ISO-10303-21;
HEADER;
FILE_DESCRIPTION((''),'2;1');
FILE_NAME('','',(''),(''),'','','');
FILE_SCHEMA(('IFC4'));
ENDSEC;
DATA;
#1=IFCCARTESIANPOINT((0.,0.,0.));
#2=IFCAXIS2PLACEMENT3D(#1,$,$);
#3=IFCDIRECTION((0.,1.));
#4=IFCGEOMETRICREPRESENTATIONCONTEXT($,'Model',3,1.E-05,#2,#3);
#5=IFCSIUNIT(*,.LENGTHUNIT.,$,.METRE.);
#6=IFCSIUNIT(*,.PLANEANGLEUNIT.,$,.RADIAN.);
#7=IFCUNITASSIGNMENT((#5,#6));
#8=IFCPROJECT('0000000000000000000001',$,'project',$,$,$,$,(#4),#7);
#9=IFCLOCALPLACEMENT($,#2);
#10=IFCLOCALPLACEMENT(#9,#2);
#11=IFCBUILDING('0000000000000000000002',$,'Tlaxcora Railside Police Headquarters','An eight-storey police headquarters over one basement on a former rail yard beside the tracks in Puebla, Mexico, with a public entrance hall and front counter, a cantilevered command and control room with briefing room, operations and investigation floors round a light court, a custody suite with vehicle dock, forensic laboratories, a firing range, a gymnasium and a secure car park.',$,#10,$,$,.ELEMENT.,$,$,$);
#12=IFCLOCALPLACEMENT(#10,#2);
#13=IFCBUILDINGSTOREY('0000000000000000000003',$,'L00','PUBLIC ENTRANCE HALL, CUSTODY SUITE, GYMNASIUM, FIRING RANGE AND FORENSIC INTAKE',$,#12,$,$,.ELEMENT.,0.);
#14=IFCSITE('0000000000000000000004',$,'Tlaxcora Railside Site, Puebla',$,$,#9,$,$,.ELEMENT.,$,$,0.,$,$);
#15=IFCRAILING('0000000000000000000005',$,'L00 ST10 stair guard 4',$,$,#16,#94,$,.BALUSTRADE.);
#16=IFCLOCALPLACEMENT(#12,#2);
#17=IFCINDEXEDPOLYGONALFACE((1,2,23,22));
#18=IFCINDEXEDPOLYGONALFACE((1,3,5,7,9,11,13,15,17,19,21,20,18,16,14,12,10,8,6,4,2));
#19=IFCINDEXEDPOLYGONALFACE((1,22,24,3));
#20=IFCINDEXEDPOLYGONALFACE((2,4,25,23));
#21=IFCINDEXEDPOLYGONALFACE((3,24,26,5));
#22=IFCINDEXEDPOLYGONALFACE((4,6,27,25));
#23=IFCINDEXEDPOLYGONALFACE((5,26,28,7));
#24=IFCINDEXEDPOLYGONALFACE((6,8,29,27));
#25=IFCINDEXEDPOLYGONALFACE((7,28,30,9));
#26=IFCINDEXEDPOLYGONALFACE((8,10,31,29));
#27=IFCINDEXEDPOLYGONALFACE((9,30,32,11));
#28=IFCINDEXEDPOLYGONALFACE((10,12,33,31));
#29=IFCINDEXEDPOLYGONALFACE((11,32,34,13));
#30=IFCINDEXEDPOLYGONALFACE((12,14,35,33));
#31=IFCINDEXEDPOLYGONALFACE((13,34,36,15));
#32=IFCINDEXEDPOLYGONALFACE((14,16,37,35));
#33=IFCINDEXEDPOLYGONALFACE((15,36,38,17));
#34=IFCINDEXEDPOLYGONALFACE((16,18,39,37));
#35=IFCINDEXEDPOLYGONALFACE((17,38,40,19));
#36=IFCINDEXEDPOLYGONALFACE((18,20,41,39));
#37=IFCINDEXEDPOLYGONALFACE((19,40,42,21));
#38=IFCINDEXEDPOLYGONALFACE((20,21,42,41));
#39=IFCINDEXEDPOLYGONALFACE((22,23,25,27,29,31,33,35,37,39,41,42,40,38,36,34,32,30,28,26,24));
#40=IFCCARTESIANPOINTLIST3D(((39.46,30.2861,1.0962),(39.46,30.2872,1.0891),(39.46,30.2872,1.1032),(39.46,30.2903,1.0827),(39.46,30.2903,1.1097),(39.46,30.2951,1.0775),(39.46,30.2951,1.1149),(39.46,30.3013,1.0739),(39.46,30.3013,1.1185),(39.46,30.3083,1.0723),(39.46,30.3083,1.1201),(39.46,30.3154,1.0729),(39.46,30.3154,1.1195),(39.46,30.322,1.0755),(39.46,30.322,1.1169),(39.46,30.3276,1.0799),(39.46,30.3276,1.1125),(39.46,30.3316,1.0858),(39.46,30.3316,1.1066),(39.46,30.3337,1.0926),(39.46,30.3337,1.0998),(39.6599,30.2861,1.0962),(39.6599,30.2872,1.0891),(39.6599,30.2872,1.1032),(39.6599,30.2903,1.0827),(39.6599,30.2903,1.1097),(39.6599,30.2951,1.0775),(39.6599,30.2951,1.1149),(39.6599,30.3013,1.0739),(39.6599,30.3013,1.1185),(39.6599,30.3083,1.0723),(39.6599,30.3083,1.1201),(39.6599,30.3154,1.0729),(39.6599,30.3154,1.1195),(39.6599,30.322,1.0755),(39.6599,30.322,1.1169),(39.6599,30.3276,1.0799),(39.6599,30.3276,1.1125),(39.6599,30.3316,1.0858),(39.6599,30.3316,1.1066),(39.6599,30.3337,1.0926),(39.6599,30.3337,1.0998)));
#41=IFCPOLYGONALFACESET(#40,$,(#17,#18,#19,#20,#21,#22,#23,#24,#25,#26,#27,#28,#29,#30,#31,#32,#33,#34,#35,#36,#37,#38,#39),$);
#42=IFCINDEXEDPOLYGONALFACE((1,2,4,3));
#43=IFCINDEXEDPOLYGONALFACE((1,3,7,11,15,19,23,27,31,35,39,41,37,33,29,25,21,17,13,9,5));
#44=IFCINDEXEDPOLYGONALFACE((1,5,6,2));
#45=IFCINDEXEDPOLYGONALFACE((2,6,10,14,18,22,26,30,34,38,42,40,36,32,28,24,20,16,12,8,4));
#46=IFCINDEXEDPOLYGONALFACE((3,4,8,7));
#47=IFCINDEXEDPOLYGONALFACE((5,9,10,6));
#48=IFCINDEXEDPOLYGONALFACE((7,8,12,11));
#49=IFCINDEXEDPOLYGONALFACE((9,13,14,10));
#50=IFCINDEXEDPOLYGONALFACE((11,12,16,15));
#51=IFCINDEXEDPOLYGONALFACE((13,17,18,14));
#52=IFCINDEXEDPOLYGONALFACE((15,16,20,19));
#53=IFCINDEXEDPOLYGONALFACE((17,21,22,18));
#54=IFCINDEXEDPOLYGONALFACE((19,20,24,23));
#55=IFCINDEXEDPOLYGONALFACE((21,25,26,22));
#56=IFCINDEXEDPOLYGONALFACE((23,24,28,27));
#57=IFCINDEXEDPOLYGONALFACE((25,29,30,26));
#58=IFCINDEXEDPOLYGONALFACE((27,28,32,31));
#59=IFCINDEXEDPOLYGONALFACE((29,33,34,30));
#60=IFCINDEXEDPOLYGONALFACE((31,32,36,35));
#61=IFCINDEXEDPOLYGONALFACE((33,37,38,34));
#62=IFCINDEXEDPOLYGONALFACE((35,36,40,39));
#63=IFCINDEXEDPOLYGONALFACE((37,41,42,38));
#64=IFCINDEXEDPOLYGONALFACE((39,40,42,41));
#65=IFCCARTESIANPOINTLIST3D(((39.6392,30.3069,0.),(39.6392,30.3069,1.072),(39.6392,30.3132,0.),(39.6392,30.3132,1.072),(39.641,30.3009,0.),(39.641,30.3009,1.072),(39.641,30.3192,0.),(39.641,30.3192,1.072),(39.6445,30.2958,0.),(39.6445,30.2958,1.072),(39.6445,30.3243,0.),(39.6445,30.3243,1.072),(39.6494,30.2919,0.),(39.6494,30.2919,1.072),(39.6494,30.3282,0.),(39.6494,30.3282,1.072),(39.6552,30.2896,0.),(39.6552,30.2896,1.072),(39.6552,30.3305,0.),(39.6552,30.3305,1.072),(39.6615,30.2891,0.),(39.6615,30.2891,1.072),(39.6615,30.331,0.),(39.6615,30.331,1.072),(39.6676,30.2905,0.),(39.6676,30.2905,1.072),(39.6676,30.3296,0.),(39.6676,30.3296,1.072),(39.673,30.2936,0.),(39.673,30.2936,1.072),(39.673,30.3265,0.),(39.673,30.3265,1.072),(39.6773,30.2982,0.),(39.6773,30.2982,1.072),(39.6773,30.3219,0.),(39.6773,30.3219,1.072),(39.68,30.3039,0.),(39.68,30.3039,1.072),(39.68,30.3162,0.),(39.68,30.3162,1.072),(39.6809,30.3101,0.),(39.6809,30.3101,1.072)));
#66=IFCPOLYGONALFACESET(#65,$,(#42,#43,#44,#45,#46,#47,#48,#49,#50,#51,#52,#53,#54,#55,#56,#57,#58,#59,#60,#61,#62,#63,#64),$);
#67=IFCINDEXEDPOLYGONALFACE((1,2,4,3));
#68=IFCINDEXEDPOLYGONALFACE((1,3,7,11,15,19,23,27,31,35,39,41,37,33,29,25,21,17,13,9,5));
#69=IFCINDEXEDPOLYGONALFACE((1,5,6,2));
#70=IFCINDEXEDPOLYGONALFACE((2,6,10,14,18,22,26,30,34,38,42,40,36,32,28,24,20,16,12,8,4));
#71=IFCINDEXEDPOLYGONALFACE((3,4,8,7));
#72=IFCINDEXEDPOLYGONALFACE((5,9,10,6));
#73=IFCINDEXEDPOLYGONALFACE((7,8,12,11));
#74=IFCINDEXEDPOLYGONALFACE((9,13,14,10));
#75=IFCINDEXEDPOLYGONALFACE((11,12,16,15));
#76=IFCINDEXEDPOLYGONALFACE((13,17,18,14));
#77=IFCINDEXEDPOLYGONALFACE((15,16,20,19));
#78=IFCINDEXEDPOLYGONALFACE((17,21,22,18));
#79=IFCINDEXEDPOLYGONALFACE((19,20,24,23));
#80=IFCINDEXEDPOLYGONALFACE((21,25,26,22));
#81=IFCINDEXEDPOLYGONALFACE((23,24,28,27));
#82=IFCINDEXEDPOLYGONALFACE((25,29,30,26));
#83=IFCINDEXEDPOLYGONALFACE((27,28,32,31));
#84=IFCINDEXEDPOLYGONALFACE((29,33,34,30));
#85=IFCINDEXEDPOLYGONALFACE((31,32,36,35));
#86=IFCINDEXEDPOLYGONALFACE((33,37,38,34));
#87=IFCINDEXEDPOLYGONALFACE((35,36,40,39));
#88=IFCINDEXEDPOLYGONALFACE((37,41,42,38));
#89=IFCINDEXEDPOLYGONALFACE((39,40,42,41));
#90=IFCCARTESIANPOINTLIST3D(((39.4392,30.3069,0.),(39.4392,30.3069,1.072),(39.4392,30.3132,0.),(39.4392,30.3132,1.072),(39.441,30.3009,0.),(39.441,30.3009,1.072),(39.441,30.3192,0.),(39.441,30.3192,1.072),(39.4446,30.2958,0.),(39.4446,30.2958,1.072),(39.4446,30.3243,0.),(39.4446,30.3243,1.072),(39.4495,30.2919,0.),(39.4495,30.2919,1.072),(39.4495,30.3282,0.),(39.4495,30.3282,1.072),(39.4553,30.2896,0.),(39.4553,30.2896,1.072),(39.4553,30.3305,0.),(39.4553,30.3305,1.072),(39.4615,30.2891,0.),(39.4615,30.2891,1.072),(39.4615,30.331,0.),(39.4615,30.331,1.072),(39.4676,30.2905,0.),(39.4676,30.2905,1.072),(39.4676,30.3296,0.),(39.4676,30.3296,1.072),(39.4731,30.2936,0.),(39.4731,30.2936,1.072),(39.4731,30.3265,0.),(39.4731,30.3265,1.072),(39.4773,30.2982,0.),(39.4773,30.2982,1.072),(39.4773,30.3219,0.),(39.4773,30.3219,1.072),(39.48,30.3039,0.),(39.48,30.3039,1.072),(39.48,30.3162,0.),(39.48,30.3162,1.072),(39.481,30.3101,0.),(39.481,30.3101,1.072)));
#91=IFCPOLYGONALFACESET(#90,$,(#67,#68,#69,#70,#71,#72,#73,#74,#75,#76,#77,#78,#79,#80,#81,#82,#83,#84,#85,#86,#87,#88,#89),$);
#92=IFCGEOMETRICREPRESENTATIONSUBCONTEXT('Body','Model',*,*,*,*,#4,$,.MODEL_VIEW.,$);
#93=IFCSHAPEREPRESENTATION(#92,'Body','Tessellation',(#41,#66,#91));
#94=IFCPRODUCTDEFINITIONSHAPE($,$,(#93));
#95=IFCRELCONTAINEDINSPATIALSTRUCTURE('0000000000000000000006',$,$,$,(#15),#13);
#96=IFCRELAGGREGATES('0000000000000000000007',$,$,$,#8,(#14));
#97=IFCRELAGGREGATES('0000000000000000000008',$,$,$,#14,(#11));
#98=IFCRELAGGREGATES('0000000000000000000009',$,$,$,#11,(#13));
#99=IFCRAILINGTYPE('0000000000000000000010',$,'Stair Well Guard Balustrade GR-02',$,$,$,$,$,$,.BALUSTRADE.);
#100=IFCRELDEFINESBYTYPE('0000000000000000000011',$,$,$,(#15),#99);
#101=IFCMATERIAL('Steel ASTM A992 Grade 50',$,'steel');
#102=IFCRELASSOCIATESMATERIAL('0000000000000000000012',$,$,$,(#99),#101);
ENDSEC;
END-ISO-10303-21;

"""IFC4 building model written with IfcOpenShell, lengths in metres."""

from ifc_helpers import new_model, si_unit, direction, frame, origin, origin_2d, place, context, subcontext, project, spatial, circle, extrude, material, type_object, element, save


model = new_model("IFC4")

# Units and contexts
model_context = context("Model", 3, precision=1e-05, world=origin(), true_north=direction((0.0, 1.0)))
body_context = subcontext(model_context, "Body", "Model", "MODEL_VIEW")
ifc_project = project(units=[si_unit("LENGTHUNIT", "METRE"), si_unit("PLANEANGLEUNIT", "RADIAN")], contexts=[model_context])

# Site, building, storey
site_placement = place(None, origin())
site = spatial("IfcSite", under=ifc_project, at=site_placement, Name="Tlaxcora Railside Site, Puebla", CompositionType="ELEMENT", RefElevation=0.0)
building_placement = place(site_placement, origin())
building = spatial("IfcBuilding", under=site, at=building_placement, Name="Tlaxcora Railside Police Headquarters", Description="An eight-storey police headquarters over one basement on a former rail yard beside the tracks in Puebla, Mexico, with a public entrance hall and front counter, a cantilevered command and control room with briefing room, operations and investigation floors round a light court, a custody suite with vehicle dock, forensic laboratories, a firing range, a gymnasium and a secure car park.", CompositionType="ELEMENT")
storey_placement = place(building_placement, origin())
storey = spatial("IfcBuildingStorey", under=building, at=storey_placement, Name="L00", Description="PUBLIC ENTRANCE HALL, CUSTODY SUITE, GYMNASIUM, FIRING RANGE AND FORENSIC INTAKE", CompositionType="ELEMENT", Elevation=0.0)

# Shared definitions
ifc_material_1 = material(Name="Steel ASTM A992 Grade 50", Category="steel")

# Railing
railing_type_1 = type_object("IfcRailingType", Name="Stair Well Guard Balustrade GR-02", PredefinedType="BALUSTRADE", material=ifc_material_1)
railing_1_placement = place(storey_placement, frame((39.6599, 30.3101, 0.0)))
element("IfcRailing", 1, at=railing_1_placement, inside=storey, type_object=railing_type_1, Name="L00 ST10 stair guard 4", PredefinedType="BALUSTRADE", context=body_context, shape_type="SweptSolid", body=[
    extrude(circle(Radius=0.0239, at=origin_2d()), frame((0.0, 0.0, 1.0962), z_axis=(-1.0, 0.0, 0.0), x_axis=(0.0, -1.0, 0.0)), (0.0, 0.0, 1.0), 0.2),
    extrude(circle(Radius=0.021, at=origin_2d()), origin(), (0.0, 0.0, 1.0), 1.072),
    extrude(circle(Radius=0.021, at=origin_2d()), frame((-0.2, 0.0, 0.0)), (0.0, 0.0, 1.0), 1.072),
])

save(model, "model.ifc")
